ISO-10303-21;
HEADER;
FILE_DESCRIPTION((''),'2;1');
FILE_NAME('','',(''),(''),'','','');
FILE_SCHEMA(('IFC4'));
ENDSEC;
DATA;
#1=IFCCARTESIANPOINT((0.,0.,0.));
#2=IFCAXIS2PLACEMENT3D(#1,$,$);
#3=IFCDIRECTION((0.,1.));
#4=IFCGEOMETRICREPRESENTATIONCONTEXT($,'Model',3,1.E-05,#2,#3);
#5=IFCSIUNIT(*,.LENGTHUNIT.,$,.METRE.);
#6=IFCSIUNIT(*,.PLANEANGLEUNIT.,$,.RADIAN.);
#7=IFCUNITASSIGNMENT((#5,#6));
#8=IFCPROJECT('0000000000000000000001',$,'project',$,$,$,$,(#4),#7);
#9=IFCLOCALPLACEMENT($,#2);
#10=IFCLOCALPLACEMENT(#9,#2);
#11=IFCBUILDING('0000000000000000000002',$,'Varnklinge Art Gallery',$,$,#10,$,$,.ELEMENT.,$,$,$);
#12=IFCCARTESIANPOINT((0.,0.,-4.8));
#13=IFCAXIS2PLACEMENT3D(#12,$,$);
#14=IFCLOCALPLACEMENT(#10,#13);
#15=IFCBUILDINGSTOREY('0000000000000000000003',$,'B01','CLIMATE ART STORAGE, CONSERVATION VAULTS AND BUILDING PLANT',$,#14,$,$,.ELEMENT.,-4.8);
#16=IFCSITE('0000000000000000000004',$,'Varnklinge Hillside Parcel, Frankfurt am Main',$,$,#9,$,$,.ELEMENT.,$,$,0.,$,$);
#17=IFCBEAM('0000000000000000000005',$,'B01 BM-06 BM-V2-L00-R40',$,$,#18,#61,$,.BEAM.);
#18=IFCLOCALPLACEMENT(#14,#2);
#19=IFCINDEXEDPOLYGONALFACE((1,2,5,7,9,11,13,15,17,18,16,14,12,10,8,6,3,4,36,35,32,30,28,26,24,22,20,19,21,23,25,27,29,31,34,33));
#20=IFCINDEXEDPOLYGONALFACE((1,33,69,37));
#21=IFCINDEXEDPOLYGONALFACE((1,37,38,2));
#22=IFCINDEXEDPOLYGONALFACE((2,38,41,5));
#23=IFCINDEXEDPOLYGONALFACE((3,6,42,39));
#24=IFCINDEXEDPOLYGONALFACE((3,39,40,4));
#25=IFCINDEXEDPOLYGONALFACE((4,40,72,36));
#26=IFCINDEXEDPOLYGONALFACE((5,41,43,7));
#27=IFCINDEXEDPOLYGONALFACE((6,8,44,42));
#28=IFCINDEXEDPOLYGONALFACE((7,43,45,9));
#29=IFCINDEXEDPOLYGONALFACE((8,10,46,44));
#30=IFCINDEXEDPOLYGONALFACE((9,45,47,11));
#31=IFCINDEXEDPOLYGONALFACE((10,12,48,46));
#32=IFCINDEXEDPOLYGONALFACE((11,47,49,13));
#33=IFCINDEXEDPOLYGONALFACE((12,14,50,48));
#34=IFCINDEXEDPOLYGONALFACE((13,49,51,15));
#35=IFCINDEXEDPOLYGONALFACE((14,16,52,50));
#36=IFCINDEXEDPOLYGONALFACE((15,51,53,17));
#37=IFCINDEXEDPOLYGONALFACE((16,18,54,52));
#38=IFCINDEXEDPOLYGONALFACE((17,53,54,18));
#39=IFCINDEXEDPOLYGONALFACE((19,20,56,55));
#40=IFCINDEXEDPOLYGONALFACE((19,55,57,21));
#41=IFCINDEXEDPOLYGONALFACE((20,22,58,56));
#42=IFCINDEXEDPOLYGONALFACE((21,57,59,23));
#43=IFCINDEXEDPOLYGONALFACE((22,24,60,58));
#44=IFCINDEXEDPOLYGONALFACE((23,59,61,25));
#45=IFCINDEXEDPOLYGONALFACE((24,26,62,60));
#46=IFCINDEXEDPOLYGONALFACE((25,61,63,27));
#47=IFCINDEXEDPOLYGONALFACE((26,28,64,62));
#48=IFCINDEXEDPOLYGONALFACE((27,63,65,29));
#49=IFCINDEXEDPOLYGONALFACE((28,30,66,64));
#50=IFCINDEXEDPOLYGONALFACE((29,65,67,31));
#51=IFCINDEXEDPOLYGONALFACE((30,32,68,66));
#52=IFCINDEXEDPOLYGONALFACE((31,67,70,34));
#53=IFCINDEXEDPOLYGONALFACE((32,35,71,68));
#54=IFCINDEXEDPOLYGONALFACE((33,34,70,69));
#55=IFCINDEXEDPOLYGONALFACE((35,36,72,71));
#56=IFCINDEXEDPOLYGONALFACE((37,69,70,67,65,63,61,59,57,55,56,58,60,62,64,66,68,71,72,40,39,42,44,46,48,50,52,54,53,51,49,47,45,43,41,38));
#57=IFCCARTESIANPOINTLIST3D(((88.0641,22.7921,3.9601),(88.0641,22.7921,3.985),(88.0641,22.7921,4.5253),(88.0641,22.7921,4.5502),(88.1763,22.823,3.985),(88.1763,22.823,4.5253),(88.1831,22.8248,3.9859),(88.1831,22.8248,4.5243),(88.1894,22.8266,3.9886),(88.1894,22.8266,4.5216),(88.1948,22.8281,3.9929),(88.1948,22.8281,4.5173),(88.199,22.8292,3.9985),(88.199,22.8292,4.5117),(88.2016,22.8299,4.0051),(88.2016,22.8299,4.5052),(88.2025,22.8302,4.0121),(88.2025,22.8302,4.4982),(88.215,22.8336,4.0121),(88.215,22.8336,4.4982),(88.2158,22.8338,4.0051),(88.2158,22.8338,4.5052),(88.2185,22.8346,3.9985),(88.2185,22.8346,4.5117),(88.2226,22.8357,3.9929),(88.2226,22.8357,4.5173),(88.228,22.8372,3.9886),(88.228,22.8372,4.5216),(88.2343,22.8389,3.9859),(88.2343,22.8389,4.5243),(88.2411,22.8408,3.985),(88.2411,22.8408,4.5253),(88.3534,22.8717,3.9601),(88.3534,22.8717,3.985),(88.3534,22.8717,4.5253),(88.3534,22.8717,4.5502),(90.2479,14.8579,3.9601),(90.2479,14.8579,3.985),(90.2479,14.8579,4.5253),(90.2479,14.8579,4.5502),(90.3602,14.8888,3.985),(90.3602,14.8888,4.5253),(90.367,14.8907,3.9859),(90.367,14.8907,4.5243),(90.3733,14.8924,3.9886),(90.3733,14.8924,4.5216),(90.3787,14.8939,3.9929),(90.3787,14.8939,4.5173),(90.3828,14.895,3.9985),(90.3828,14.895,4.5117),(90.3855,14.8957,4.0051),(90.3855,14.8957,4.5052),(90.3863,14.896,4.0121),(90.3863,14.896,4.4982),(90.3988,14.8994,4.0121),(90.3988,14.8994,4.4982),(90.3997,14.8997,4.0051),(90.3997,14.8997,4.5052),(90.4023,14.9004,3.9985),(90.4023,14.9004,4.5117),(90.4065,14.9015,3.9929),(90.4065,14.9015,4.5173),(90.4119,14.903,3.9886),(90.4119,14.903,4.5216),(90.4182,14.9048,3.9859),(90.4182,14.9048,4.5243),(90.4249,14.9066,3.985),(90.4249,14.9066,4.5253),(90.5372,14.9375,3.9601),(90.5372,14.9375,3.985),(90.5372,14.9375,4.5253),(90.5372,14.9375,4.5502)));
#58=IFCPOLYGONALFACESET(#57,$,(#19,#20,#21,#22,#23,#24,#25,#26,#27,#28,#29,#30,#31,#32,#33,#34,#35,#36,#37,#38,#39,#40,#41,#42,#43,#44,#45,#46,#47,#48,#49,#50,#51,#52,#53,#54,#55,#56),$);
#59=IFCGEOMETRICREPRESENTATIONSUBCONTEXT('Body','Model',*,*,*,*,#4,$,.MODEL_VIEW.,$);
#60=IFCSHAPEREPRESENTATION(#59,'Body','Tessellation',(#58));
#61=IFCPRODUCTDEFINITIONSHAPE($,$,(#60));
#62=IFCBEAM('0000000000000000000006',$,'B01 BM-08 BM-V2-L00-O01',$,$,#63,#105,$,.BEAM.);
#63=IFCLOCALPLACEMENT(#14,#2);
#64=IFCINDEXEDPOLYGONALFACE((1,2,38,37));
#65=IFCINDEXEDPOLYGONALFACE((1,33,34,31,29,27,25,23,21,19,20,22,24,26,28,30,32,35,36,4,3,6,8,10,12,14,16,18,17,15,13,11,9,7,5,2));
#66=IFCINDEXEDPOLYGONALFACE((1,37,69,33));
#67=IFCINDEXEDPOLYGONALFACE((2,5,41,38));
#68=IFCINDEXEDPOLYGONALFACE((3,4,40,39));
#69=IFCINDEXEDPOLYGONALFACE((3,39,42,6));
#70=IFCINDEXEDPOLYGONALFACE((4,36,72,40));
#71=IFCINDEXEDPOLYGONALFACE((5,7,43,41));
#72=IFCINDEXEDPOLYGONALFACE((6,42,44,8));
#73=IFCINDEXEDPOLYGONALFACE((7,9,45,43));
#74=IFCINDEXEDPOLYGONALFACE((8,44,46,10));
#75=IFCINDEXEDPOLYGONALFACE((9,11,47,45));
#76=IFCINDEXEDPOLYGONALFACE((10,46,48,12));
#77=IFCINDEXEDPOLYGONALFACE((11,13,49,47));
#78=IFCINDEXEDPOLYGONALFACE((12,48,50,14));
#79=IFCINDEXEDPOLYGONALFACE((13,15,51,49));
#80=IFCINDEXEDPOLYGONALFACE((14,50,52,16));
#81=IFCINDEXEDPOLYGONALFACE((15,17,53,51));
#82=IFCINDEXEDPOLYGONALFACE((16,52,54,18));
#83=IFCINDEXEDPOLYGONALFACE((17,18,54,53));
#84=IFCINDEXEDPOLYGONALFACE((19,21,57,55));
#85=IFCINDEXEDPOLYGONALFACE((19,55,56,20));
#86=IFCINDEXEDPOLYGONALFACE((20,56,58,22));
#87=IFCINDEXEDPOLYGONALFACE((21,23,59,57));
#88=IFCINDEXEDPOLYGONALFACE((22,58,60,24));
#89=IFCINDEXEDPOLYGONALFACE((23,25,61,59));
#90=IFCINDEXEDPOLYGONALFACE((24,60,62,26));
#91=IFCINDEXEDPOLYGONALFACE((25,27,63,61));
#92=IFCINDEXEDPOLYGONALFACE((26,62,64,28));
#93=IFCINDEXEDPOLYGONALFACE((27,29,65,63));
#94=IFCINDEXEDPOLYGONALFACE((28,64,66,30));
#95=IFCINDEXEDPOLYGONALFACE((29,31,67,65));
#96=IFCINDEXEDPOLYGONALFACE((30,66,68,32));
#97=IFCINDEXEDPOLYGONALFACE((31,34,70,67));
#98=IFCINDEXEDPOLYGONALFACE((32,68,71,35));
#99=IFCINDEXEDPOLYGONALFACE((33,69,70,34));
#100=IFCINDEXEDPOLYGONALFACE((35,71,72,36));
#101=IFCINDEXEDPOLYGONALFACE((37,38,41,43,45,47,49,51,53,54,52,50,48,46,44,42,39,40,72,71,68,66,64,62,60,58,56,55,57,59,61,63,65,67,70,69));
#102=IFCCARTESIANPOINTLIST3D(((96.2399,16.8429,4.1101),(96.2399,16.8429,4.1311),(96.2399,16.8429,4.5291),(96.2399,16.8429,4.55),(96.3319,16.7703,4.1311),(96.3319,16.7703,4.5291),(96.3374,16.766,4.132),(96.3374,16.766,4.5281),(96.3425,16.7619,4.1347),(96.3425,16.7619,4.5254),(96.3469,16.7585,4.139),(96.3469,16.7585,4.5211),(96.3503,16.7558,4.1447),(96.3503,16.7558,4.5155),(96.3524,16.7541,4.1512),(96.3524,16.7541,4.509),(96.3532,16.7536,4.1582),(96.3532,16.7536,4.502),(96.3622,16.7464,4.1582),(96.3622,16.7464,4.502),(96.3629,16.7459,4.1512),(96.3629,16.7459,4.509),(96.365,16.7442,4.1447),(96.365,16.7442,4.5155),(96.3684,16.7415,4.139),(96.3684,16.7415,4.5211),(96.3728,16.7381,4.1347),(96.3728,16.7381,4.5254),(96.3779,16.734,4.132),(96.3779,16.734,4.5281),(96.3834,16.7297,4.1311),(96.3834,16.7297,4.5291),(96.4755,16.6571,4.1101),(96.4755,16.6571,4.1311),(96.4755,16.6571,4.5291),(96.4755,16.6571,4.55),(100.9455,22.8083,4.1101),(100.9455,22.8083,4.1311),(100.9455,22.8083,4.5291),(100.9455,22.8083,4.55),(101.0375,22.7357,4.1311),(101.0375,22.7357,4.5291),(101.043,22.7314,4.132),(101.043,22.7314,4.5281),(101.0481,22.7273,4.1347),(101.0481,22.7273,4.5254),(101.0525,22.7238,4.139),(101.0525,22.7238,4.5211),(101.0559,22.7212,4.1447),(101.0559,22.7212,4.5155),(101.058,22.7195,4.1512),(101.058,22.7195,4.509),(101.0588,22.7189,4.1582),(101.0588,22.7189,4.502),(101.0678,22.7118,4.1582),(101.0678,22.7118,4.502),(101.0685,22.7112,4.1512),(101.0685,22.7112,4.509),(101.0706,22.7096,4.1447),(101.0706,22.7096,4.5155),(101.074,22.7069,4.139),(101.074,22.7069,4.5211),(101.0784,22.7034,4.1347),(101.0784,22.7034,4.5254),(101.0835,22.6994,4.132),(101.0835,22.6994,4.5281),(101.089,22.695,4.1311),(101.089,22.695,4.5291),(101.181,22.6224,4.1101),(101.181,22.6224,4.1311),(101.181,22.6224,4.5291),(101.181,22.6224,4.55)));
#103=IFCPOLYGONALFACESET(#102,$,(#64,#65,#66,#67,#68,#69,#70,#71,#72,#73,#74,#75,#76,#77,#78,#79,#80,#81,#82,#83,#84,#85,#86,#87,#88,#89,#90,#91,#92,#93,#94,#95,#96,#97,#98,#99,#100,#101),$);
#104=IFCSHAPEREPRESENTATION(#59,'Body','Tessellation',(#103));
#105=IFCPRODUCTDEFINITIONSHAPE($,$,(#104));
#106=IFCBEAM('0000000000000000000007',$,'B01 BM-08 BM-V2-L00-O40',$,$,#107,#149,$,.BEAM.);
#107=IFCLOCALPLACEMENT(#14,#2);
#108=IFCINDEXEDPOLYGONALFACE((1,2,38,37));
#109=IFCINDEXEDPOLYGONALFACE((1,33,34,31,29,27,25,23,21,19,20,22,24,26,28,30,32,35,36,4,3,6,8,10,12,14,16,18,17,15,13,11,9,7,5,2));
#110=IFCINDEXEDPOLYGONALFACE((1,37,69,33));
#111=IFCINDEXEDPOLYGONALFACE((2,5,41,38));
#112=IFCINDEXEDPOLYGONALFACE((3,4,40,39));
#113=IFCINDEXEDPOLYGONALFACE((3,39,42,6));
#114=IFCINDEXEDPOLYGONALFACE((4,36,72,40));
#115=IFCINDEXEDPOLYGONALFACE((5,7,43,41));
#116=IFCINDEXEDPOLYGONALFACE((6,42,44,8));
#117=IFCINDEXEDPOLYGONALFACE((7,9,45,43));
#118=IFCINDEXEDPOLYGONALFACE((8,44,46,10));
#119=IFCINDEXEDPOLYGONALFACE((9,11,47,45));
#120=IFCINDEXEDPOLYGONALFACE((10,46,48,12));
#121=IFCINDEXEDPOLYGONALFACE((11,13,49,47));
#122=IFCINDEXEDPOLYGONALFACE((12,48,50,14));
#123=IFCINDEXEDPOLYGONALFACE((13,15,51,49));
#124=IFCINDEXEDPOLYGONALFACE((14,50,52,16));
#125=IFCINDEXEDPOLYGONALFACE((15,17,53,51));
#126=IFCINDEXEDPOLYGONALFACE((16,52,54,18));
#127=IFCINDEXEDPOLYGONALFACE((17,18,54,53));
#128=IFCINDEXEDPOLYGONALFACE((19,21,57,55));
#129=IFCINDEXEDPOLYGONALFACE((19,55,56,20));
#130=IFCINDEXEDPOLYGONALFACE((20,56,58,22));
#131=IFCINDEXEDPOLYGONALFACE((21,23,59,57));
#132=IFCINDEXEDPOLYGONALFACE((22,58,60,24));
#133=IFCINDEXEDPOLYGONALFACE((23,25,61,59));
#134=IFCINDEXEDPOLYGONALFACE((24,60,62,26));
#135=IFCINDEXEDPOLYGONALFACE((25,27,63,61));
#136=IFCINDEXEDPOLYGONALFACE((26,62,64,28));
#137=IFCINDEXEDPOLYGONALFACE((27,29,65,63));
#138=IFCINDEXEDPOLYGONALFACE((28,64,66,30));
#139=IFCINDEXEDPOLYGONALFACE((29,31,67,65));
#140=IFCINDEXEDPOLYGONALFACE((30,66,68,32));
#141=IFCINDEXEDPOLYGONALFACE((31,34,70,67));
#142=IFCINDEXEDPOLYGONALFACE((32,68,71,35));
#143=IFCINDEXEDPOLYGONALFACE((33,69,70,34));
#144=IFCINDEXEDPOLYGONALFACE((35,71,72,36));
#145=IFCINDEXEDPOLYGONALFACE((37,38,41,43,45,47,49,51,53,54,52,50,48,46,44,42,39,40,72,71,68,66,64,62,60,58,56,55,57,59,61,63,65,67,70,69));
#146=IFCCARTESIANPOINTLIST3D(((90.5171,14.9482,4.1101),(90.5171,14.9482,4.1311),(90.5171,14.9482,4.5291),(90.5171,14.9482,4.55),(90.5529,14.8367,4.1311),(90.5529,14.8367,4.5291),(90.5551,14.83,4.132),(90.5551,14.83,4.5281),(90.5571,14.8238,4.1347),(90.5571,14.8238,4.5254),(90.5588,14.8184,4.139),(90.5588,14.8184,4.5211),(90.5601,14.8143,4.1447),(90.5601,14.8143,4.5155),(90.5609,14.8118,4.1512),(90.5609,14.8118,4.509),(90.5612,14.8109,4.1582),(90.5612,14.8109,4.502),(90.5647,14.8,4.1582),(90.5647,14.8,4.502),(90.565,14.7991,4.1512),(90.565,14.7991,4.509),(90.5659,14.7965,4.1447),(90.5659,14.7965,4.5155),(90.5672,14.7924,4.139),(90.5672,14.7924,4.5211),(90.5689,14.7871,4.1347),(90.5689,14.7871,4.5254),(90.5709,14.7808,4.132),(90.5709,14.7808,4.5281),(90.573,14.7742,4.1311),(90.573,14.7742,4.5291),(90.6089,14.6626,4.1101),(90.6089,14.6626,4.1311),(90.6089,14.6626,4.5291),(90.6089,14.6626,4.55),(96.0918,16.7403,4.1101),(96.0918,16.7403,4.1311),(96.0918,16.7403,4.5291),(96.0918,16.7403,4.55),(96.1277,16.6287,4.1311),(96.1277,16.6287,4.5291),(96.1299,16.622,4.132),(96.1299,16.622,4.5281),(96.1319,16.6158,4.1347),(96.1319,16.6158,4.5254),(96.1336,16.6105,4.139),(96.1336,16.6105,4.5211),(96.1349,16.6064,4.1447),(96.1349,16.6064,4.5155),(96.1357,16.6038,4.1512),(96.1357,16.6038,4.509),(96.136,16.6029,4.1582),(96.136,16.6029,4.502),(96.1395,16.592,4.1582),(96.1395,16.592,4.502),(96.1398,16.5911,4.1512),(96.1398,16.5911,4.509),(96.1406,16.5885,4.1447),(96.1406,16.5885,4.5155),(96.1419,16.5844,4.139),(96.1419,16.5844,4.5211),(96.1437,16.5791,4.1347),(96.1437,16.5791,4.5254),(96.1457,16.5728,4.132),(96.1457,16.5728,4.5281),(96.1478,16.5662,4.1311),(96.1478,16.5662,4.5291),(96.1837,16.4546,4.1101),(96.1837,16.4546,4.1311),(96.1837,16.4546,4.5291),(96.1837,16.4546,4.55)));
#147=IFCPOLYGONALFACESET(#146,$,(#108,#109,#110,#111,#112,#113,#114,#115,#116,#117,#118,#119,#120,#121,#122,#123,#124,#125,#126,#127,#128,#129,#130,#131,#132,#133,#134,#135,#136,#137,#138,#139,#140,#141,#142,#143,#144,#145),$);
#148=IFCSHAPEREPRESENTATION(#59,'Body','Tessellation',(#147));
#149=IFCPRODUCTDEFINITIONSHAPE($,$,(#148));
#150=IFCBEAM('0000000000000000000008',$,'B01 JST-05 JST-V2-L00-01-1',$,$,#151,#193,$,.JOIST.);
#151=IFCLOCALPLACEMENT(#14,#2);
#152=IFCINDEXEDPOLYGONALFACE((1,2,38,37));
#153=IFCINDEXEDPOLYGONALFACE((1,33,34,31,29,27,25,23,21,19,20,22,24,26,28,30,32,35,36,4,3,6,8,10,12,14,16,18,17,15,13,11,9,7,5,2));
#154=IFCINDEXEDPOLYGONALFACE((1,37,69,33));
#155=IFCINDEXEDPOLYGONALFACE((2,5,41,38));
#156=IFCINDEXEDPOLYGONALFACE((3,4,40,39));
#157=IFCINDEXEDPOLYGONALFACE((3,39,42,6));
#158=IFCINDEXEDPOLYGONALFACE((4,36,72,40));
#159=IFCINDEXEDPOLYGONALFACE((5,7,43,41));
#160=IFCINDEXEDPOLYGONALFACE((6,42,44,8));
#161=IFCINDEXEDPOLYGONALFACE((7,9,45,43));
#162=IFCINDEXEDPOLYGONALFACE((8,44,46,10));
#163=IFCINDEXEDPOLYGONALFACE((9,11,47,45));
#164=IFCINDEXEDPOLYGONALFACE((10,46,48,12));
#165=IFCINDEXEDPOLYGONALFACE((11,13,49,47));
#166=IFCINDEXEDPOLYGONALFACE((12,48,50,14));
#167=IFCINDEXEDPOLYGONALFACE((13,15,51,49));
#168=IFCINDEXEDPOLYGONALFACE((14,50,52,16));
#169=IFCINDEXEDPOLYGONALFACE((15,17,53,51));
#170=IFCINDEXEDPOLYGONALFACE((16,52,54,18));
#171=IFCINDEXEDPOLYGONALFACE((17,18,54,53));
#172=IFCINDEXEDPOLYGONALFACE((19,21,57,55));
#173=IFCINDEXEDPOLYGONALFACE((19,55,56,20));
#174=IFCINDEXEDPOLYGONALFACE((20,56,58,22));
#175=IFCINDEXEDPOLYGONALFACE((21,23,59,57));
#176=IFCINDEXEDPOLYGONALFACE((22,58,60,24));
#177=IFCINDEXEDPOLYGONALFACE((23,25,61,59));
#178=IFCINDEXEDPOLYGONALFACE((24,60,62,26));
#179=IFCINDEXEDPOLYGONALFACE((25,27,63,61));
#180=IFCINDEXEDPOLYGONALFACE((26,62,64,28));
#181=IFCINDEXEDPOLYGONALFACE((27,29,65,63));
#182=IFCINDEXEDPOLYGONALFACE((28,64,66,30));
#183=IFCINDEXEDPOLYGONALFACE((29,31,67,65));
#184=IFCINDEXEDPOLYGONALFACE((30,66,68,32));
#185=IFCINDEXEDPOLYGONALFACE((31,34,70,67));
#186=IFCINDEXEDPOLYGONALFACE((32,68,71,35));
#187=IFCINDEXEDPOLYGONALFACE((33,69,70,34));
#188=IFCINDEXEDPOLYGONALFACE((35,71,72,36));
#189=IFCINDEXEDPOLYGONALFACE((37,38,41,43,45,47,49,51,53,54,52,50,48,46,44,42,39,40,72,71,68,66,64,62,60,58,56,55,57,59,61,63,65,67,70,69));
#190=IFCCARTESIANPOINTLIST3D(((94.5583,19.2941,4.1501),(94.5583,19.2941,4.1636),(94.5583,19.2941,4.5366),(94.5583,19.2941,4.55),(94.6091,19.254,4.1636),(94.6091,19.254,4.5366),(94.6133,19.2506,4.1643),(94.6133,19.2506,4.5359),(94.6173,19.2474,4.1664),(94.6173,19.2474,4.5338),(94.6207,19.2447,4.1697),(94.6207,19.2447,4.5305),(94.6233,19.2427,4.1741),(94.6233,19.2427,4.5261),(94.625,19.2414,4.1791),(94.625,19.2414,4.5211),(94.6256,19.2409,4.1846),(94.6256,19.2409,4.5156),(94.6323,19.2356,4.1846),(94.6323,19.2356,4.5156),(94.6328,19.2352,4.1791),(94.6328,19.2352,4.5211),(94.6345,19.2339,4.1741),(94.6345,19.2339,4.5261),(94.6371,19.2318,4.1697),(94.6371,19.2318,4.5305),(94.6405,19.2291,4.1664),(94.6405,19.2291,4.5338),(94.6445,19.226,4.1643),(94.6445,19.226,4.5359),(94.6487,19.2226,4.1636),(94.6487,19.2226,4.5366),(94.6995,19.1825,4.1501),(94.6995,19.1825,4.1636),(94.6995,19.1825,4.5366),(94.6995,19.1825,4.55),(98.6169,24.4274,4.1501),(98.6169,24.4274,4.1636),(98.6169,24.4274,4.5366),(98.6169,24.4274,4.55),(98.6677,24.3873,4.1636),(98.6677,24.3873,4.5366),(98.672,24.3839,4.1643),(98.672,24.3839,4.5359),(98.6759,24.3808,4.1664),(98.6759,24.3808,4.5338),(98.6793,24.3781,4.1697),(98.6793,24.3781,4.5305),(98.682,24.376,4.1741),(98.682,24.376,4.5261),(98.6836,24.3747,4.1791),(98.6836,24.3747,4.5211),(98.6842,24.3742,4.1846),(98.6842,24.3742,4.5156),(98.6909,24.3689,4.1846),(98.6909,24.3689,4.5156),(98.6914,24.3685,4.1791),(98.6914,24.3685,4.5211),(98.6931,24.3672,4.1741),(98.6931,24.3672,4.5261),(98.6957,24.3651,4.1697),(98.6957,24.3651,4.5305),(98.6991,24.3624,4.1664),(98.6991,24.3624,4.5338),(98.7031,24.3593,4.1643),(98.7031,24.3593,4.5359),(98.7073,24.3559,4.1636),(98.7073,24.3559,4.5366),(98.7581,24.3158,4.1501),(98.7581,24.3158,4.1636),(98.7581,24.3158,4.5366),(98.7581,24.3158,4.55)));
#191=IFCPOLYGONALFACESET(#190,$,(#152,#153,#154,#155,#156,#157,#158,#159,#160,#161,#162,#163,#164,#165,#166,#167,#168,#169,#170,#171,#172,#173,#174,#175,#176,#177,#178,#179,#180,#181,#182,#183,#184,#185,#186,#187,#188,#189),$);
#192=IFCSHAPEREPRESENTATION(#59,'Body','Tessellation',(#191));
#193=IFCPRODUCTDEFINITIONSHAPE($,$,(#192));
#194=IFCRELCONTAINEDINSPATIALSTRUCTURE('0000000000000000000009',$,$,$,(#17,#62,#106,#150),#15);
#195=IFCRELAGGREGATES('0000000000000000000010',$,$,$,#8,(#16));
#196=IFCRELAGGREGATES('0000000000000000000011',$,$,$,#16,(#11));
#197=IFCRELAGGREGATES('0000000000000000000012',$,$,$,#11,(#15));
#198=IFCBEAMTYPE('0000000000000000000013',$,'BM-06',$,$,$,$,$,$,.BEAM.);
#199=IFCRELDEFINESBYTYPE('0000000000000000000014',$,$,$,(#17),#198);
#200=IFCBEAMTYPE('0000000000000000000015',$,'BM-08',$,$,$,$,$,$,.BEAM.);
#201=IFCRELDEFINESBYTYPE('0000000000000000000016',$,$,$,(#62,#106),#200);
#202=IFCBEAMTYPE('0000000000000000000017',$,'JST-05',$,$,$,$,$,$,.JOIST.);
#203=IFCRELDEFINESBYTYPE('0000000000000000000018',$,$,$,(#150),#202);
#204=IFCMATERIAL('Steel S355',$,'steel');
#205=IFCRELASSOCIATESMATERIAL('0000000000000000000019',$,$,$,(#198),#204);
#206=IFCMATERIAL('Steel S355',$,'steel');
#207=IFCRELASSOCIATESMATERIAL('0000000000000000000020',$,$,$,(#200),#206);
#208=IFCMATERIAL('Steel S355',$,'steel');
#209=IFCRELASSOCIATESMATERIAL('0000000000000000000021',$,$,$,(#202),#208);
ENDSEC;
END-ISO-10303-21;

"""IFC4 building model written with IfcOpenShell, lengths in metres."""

from ifc_helpers import new_model, si_unit, direction, frame, origin, origin_2d, place, context, subcontext, project, spatial, i_section, extrude, material, material_profile, profile_set, type_object, element, save


model = new_model("IFC4")

# Units and contexts
model_context = context("Model", 3, precision=1e-05, world=origin(), true_north=direction((0.0, 1.0)))
body_context = subcontext(model_context, "Body", "Model", "MODEL_VIEW")
ifc_project = project(units=[si_unit("LENGTHUNIT", "METRE"), si_unit("PLANEANGLEUNIT", "RADIAN")], contexts=[model_context])

# Site, building, storey
site_placement = place(None, origin())
site = spatial("IfcSite", under=ifc_project, at=site_placement, Name="Varnklinge Hillside Parcel, Frankfurt am Main", CompositionType="ELEMENT", RefElevation=0.0)
building_placement = place(site_placement, origin())
building = spatial("IfcBuilding", under=site, at=building_placement, Name="Varnklinge Art Gallery", CompositionType="ELEMENT")
storey_placement = place(building_placement, frame((0.0, 0.0, -4.8)))
storey = spatial("IfcBuildingStorey", under=building, at=storey_placement, Name="B01", Description="CLIMATE ART STORAGE, CONSERVATION VAULTS AND BUILDING PLANT", CompositionType="ELEMENT", Elevation=-4.8)

# Beams
ifc_material_1 = material(Name="Steel S355", Category="steel")
ifc_material_profile_1 = material_profile(ifc_material_1, i_section(OverallWidth=0.3, OverallDepth=0.5901, WebThickness=0.0129, FlangeThickness=0.0249, FilletRadius=0.0271, at=origin_2d()), Name="HEA 600")
ifc_profile_set_1 = profile_set([ifc_material_profile_1], Name="Steel S355")
beam_type_1 = type_object("IfcBeamType", Name="BM-06", PredefinedType="BEAM", material=ifc_profile_set_1)
beam_1_placement = place(storey_placement, frame((90.3926, 14.8977, 4.2551), z_axis=(-0.265379, 0.964144, 0.0), x_axis=(-0.964144, -0.265379, 0.0)))
element("IfcBeam", 1, at=beam_1_placement, inside=storey, type_object=beam_type_1, Name="B01 BM-06 BM-V2-L00-R40", PredefinedType="BEAM", context=body_context, shape_type="SweptSolid", body=[
    extrude(i_section(OverallWidth=0.3, OverallDepth=0.5901, WebThickness=0.0129, FlangeThickness=0.0249, FilletRadius=0.0271, at=origin_2d()), origin(), (0.0, 0.0, 1.0), 8.2292),
])
ifc_material_2 = material(Name="Steel S355", Category="steel")
ifc_material_profile_2 = material_profile(ifc_material_2, i_section(OverallWidth=0.3, OverallDepth=0.4399, WebThickness=0.0115, FlangeThickness=0.021, FilletRadius=0.0271, at=origin_2d()), Name="HEA 450")
ifc_profile_set_2 = profile_set([ifc_material_profile_2], Name="Steel S355")
beam_type_2 = type_object("IfcBeamType", Name="BM-08", PredefinedType="BEAM", material=ifc_profile_set_2)
beam_2_placement = place(storey_placement, frame((96.3577, 16.75, 4.3301), z_axis=(0.619328, 0.785133, 0.0), x_axis=(-0.785133, 0.619328, 0.0)))
element("IfcBeam", 2, at=beam_2_placement, inside=storey, type_object=beam_type_2, Name="B01 BM-08 BM-V2-L00-O01", PredefinedType="BEAM", context=body_context, shape_type="SweptSolid", body=[
    extrude(i_section(OverallWidth=0.3, OverallDepth=0.4399, WebThickness=0.0115, FlangeThickness=0.021, FilletRadius=0.0271, at=origin_2d()), origin(), (0.0, 0.0, 1.0), 7.5979),
])
beam_3_placement = place(storey_placement, frame((90.563, 14.8054, 4.3301), z_axis=(0.952022, 0.306028, 0.0), x_axis=(-0.306028, 0.952022, 0.0)))
element("IfcBeam", 3, at=beam_3_placement, inside=storey, type_object=beam_type_2, Name="B01 BM-08 BM-V2-L00-O40", PredefinedType="BEAM", context=body_context, shape_type="SweptSolid", body=[
    extrude(i_section(OverallWidth=0.3, OverallDepth=0.4399, WebThickness=0.0115, FlangeThickness=0.021, FilletRadius=0.0271, at=origin_2d()), origin(), (0.0, 0.0, 1.0), 5.8557),
])
ifc_material_3 = material(Name="Steel S355", Category="steel")
ifc_material_profile_3 = material_profile(ifc_material_3, i_section(OverallWidth=0.1799, OverallDepth=0.3999, WebThickness=0.0085, FlangeThickness=0.0134, FilletRadius=0.021, at=origin_2d()), Name="IPE 400")
ifc_profile_set_3 = profile_set([ifc_material_profile_3], Name="Steel S355")
beam_type_3 = type_object("IfcBeamType", Name="JST-05", PredefinedType="JOIST", material=ifc_profile_set_3)
beam_4_placement = place(storey_placement, frame((94.6289, 19.2383, 4.3501), z_axis=(0.620208, 0.784438, 0.0), x_axis=(-0.784438, 0.620208, 0.0)))
element("IfcBeam", 4, at=beam_4_placement, inside=storey, type_object=beam_type_3, Name="B01 JST-05 JST-V2-L00-01-1", PredefinedType="JOIST", context=body_context, shape_type="SweptSolid", body=[
    extrude(i_section(OverallWidth=0.1799, OverallDepth=0.3999, WebThickness=0.0085, FlangeThickness=0.0134, FilletRadius=0.021, at=origin_2d()), origin(), (0.0, 0.0, 1.0), 6.5439),
])

save(model, "model.ifc")
